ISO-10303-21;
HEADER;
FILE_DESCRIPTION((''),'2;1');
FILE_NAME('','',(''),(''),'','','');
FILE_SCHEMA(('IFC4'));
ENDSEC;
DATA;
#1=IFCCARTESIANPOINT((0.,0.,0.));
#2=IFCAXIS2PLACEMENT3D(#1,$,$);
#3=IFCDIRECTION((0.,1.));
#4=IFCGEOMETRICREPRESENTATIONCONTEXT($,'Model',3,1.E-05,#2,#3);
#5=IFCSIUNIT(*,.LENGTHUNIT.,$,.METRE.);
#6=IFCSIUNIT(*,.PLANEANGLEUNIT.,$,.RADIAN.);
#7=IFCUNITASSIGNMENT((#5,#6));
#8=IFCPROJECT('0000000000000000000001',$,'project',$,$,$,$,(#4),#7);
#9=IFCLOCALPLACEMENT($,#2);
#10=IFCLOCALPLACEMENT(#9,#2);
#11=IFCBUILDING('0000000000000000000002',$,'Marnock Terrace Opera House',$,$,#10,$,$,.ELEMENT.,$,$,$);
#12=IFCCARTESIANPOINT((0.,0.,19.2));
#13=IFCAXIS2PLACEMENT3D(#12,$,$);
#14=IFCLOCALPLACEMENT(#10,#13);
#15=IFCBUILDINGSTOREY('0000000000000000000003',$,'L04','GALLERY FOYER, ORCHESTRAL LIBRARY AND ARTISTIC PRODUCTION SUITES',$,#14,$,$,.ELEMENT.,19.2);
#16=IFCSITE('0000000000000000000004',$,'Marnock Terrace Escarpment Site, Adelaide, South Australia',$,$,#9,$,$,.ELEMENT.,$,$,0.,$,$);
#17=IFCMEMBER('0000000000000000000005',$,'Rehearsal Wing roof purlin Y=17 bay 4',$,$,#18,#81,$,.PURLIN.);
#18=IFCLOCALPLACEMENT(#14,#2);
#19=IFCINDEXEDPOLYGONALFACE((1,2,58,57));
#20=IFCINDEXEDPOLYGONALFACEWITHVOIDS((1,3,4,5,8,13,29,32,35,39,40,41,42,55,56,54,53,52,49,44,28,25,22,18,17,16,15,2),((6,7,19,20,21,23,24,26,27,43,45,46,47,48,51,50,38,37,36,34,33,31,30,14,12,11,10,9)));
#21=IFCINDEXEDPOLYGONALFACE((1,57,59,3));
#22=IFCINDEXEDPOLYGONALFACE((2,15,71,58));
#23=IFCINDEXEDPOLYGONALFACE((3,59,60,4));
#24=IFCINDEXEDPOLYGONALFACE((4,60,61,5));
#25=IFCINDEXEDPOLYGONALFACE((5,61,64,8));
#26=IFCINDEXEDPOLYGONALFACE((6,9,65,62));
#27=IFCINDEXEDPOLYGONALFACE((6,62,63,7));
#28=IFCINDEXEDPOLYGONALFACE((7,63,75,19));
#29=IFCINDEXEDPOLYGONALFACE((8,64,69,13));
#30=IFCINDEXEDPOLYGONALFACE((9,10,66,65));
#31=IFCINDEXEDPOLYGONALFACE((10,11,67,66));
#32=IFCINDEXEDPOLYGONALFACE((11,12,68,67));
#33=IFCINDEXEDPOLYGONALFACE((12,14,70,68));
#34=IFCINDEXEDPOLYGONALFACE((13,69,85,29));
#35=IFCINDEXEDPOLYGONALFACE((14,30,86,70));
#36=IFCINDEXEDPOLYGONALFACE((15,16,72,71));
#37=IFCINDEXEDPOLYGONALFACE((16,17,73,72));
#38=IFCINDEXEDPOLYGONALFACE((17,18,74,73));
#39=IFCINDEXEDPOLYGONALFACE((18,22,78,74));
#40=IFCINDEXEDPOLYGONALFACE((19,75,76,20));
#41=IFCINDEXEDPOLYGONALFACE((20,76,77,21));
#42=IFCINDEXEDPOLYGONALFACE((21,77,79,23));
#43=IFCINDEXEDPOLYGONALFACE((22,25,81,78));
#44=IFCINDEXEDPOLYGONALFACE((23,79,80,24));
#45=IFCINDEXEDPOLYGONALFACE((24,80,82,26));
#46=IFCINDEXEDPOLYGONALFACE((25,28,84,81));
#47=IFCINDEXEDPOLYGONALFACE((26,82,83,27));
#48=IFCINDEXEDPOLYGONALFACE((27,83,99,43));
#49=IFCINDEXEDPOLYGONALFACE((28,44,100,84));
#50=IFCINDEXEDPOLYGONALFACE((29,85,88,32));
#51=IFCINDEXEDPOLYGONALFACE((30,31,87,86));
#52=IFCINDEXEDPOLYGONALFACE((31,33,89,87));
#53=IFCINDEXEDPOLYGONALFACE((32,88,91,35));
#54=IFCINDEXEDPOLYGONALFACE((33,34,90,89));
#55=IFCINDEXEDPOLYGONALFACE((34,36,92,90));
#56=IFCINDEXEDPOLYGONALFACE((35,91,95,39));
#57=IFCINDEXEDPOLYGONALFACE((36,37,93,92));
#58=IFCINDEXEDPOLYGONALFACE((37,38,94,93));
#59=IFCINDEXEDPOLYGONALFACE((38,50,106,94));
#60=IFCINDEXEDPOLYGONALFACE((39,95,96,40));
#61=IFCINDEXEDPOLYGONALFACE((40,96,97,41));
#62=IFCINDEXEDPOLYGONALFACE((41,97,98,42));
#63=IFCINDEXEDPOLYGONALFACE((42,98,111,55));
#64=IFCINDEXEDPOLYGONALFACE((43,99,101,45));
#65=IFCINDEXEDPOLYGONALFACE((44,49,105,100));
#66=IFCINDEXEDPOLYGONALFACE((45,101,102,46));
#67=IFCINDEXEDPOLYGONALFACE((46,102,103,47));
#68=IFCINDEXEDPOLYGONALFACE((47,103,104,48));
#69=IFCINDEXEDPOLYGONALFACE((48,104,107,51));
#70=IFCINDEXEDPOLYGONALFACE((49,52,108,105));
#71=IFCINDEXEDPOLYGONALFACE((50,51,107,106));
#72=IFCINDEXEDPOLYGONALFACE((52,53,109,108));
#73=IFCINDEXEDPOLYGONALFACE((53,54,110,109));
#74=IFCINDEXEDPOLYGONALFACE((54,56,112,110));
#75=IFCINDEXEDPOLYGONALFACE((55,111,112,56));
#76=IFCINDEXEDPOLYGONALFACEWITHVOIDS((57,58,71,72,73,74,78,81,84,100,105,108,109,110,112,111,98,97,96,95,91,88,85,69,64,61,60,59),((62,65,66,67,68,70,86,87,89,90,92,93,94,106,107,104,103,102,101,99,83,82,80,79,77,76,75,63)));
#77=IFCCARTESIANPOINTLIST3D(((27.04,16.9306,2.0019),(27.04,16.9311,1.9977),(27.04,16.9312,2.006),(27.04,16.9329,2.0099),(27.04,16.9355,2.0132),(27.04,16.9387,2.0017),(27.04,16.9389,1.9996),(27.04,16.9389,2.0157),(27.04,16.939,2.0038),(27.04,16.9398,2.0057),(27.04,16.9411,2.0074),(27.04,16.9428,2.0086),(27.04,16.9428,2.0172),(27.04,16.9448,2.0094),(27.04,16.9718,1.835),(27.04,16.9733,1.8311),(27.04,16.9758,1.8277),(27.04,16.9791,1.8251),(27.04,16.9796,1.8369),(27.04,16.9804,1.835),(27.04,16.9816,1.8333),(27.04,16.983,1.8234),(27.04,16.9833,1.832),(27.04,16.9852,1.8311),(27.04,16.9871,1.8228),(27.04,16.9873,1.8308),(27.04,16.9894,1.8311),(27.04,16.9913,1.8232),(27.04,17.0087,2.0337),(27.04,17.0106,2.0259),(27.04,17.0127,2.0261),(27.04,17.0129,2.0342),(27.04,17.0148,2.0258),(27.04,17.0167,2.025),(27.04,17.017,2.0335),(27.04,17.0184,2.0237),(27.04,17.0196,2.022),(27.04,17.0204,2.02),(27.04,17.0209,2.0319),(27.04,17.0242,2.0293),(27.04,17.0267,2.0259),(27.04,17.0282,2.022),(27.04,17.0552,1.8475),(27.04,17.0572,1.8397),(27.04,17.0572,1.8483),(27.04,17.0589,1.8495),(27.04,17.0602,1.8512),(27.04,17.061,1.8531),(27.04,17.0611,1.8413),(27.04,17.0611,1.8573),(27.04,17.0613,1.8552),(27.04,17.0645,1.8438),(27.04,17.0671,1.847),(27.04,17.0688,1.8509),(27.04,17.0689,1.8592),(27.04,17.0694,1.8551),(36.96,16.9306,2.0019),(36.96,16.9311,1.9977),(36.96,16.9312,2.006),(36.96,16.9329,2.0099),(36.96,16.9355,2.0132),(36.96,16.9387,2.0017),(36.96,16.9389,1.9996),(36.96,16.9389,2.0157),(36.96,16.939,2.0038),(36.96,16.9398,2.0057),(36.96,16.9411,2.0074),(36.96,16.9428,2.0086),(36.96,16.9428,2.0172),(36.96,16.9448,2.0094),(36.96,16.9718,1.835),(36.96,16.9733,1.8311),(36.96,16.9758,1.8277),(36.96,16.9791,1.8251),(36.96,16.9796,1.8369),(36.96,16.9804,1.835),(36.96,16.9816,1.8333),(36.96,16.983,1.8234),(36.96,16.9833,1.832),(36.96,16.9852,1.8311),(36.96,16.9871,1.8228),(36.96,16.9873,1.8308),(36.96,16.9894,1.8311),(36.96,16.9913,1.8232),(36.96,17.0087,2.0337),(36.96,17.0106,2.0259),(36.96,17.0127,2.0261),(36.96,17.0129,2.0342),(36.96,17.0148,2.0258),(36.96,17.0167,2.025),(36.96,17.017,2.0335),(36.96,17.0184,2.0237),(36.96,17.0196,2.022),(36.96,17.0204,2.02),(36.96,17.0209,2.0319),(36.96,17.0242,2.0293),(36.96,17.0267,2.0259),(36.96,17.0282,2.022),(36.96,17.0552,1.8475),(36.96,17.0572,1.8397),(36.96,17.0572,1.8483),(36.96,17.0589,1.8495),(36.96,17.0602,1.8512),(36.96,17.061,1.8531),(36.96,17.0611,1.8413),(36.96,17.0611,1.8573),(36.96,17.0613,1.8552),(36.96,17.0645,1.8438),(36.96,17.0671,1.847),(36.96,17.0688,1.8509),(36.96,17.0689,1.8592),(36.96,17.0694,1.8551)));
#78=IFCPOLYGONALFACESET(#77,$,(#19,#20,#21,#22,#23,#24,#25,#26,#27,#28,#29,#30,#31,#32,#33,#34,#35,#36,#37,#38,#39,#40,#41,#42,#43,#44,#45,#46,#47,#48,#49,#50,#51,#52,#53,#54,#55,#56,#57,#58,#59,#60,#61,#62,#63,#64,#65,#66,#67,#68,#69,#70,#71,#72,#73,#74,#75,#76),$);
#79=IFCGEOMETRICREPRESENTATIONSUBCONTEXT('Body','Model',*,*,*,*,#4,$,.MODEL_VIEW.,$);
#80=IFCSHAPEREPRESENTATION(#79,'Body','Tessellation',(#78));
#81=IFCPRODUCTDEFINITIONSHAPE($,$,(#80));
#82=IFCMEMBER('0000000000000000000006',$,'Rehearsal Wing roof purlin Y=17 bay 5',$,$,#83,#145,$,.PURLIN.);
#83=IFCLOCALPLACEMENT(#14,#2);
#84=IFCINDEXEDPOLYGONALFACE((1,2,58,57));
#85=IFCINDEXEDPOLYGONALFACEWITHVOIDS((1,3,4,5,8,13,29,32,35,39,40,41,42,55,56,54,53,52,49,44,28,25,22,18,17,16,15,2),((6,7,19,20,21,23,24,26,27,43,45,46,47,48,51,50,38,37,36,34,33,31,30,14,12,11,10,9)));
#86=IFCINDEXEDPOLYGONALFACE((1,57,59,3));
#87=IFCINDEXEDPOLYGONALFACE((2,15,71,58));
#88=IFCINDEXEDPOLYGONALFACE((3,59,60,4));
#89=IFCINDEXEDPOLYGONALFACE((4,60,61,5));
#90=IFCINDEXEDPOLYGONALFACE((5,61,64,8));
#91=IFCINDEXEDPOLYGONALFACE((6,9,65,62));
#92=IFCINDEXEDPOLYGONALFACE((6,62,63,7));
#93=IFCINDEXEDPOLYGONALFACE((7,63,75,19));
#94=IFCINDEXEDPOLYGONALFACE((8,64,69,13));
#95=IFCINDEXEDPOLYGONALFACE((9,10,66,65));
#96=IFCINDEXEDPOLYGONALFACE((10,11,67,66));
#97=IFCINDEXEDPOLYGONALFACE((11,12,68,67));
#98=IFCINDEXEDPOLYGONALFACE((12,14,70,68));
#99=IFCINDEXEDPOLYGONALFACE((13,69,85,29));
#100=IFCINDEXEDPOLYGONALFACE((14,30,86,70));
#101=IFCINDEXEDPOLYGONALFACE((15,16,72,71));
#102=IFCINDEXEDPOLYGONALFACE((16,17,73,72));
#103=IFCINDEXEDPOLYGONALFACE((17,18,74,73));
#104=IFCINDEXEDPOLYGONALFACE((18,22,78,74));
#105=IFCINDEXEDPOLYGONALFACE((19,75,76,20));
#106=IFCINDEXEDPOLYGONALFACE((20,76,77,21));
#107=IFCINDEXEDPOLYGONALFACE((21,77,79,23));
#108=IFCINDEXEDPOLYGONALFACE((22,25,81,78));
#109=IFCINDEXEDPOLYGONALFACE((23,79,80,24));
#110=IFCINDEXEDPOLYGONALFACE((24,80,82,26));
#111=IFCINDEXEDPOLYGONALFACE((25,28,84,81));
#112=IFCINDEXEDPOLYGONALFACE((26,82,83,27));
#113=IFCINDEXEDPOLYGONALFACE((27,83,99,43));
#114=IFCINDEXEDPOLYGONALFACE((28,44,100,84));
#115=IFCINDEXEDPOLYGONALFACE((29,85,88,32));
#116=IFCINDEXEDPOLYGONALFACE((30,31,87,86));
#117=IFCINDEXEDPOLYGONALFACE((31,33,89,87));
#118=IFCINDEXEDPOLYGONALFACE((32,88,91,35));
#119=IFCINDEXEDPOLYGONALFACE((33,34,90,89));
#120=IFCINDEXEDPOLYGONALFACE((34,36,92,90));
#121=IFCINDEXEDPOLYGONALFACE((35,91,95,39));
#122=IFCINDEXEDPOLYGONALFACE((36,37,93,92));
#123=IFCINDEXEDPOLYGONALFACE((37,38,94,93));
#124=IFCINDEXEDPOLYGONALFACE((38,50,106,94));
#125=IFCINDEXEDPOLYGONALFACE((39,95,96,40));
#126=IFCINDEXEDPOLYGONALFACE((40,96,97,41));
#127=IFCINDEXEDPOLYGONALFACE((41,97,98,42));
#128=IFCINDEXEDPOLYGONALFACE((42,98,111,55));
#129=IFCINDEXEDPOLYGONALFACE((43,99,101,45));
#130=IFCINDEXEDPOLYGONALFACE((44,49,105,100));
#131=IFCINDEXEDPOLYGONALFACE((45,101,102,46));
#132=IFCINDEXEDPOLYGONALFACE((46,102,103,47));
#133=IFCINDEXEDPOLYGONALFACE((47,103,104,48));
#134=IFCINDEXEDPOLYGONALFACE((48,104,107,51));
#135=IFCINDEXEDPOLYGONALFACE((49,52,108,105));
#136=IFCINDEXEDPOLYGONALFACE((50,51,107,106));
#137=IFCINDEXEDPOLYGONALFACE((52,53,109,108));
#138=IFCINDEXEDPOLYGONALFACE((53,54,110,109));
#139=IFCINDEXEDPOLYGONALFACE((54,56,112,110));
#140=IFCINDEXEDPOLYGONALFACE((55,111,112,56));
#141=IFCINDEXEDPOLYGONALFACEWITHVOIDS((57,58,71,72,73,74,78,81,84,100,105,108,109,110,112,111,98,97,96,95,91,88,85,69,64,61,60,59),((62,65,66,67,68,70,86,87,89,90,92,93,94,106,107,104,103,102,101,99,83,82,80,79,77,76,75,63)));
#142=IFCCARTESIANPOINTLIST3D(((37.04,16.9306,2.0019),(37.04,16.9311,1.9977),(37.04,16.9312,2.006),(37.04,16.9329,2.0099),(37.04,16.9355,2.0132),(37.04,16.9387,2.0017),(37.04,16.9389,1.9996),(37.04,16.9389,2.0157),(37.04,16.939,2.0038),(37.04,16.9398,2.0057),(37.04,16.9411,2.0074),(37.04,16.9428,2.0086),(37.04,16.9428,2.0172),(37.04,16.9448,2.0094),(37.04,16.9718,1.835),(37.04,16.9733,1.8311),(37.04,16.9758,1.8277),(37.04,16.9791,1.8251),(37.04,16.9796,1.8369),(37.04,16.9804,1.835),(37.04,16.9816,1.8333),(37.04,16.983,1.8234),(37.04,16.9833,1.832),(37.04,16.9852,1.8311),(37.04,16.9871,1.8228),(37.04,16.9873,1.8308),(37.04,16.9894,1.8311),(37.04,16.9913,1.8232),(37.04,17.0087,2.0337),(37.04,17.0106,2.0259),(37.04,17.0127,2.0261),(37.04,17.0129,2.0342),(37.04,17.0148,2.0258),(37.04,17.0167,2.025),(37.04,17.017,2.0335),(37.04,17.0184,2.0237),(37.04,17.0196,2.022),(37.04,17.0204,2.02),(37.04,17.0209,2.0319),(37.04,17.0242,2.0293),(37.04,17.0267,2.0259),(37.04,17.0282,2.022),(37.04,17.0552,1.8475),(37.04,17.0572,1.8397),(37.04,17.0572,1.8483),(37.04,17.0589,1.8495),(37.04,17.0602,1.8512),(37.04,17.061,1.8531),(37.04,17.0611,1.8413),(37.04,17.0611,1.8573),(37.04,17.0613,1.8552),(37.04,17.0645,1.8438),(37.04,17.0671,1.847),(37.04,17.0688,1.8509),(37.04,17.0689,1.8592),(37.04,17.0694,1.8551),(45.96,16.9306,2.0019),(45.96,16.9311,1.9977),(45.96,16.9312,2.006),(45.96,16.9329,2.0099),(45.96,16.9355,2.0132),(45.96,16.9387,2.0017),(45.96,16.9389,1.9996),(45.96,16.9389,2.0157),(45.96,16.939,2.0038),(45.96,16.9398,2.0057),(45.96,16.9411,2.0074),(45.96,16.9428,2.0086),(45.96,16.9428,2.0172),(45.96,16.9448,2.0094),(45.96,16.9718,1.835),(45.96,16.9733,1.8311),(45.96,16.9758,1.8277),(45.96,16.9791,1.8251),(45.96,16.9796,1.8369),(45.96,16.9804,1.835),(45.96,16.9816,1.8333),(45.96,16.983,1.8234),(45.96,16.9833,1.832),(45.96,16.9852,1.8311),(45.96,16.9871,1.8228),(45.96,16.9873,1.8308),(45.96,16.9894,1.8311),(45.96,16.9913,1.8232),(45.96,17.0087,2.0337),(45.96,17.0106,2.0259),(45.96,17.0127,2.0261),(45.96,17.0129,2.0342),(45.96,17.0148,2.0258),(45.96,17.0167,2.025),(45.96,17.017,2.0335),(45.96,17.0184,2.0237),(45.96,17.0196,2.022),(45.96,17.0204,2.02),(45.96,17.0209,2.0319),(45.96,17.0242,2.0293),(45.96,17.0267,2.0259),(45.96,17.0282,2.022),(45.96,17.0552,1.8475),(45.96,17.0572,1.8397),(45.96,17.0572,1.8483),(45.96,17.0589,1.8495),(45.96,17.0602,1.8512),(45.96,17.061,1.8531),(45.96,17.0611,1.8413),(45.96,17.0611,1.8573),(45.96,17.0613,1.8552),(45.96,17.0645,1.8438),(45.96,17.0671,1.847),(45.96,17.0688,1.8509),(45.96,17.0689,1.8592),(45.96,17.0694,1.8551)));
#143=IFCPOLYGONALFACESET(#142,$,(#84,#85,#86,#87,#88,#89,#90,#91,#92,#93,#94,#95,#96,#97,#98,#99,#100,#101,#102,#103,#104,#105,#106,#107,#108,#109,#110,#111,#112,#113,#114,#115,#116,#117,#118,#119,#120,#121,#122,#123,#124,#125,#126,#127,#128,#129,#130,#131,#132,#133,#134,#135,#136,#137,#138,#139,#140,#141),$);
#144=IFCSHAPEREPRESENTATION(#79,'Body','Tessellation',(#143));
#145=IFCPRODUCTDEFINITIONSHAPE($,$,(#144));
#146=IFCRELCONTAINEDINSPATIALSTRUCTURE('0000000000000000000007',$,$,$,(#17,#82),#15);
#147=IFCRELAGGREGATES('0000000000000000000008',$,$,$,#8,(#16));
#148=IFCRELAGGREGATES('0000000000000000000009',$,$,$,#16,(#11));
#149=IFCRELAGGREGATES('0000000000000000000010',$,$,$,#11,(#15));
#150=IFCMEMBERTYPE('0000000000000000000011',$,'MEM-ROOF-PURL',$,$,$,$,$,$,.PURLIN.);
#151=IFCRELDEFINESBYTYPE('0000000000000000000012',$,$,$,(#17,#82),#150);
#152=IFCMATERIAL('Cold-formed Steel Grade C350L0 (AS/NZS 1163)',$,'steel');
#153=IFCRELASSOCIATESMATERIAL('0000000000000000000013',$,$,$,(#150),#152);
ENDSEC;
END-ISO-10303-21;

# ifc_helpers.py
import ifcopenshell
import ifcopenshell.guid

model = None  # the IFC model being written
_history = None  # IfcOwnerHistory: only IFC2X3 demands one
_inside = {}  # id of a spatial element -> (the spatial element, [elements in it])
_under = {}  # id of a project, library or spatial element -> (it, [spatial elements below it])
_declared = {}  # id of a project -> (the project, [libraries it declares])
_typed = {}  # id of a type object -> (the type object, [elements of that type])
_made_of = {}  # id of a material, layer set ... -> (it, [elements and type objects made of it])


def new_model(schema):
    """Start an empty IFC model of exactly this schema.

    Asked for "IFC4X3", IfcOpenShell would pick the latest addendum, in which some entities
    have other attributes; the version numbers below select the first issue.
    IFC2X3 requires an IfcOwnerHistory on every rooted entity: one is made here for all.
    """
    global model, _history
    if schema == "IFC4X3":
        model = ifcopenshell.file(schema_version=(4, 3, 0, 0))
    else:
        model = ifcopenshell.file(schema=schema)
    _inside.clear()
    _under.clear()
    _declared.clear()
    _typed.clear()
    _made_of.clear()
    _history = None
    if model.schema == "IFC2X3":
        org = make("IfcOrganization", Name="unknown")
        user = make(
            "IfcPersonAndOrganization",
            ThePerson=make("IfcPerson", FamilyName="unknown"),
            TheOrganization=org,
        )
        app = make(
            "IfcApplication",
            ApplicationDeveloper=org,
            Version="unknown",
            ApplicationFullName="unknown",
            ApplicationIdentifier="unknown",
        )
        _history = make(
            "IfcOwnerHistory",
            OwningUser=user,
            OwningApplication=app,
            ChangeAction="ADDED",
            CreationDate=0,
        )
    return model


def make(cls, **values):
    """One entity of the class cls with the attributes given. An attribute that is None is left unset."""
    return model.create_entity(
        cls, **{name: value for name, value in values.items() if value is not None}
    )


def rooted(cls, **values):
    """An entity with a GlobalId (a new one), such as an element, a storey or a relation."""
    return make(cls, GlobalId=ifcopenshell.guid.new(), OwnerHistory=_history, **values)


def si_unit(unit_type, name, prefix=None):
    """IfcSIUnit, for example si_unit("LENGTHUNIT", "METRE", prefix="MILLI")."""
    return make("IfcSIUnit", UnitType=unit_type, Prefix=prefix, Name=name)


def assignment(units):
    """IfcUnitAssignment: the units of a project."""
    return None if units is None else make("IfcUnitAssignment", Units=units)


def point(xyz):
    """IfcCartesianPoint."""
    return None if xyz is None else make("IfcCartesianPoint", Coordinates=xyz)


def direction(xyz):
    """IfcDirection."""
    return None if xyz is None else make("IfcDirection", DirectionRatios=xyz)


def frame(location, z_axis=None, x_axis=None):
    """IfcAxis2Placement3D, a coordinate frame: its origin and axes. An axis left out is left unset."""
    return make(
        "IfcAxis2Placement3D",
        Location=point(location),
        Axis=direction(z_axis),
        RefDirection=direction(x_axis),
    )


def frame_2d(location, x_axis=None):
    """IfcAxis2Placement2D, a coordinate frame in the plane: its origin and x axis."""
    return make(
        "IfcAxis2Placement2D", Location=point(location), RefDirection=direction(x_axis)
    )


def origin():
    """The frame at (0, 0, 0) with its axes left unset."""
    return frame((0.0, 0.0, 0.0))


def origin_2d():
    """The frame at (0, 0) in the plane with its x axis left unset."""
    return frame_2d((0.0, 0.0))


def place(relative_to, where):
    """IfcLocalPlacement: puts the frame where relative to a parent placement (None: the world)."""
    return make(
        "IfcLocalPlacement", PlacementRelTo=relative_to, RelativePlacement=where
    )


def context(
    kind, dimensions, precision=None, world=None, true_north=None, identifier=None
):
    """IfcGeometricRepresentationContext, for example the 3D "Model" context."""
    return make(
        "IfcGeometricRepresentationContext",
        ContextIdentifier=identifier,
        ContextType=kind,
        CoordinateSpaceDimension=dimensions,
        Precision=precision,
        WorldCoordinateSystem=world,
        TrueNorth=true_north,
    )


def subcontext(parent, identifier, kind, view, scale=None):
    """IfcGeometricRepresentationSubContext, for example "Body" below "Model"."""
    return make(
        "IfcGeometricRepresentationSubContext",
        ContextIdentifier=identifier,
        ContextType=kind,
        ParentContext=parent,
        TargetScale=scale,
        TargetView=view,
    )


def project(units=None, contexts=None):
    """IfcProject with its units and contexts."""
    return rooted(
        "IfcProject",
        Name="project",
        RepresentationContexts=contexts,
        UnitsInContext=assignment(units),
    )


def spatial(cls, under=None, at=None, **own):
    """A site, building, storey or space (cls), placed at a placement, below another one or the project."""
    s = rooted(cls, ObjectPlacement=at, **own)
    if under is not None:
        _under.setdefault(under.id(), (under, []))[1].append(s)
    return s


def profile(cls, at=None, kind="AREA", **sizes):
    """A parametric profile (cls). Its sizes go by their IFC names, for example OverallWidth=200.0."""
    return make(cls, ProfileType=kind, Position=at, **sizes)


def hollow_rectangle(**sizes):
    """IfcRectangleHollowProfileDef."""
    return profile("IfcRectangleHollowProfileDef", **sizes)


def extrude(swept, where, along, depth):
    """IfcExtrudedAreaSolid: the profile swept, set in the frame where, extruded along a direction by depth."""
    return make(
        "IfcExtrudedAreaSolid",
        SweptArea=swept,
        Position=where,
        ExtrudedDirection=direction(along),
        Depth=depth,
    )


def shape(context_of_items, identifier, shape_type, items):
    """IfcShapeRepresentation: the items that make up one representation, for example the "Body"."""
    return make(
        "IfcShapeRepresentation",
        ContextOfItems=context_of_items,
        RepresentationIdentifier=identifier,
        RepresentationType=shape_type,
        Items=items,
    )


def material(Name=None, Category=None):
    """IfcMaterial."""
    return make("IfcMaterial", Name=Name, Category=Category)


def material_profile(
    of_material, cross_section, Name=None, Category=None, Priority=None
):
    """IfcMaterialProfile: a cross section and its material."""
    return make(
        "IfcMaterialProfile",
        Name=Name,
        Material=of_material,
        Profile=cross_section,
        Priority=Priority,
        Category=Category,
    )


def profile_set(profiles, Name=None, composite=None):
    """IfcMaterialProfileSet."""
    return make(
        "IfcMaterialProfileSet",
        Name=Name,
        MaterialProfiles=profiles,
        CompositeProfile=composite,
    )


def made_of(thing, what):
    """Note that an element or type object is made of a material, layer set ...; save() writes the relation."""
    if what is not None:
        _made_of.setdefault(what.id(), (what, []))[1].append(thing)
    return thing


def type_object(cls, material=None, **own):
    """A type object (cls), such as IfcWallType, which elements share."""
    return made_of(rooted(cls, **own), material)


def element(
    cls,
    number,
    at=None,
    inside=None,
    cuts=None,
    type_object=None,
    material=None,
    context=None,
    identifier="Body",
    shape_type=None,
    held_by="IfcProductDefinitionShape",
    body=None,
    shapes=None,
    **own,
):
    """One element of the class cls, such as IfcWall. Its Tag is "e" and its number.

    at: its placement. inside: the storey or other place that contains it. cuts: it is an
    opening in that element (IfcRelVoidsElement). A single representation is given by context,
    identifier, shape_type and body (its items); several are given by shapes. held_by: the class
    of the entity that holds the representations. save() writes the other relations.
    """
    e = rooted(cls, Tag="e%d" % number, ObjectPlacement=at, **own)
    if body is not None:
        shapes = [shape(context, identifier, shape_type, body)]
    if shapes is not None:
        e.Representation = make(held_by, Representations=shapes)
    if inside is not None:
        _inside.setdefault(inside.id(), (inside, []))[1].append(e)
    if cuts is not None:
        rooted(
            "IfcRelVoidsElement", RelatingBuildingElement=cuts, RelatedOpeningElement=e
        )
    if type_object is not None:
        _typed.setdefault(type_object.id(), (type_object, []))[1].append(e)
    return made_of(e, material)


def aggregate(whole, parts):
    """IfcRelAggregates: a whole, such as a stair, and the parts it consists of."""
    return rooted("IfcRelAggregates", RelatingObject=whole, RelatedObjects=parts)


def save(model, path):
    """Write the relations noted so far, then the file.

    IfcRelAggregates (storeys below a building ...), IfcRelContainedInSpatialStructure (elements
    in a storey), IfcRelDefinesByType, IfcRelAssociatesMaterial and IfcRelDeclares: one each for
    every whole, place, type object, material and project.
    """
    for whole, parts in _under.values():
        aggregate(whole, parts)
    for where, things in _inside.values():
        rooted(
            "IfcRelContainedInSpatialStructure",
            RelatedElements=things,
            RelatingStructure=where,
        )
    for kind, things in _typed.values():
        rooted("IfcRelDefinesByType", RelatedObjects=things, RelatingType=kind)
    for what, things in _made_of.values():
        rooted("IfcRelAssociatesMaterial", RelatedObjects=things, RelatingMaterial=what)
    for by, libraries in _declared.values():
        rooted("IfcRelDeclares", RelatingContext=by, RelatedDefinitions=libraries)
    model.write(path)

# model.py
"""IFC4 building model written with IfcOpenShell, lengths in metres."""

from ifc_helpers import new_model, si_unit, direction, frame, origin, origin_2d, place, context, subcontext, project, spatial, hollow_rectangle, extrude, material, material_profile, profile_set, type_object, element, save


model = new_model("IFC4")

# Units and contexts
model_context = context("Model", 3, precision=1e-05, world=origin(), true_north=direction((0.0, 1.0)))
body_context = subcontext(model_context, "Body", "Model", "MODEL_VIEW")
ifc_project = project(units=[si_unit("LENGTHUNIT", "METRE"), si_unit("PLANEANGLEUNIT", "RADIAN")], contexts=[model_context])

# Site, building, storey
site_placement = place(None, origin())
site = spatial("IfcSite", under=ifc_project, at=site_placement, Name="Marnock Terrace Escarpment Site, Adelaide, South Australia", CompositionType="ELEMENT", RefElevation=0.0)
building_placement = place(site_placement, origin())
building = spatial("IfcBuilding", under=site, at=building_placement, Name="Marnock Terrace Opera House", CompositionType="ELEMENT")
storey_placement = place(building_placement, frame((0.0, 0.0, 19.2)))
storey = spatial("IfcBuildingStorey", under=building, at=storey_placement, Name="L04", Description="GALLERY FOYER, ORCHESTRAL LIBRARY AND ARTISTIC PRODUCTION SUITES", CompositionType="ELEMENT", Elevation=19.2)

# Members
ifc_material_1 = material(Name="Cold-formed Steel Grade C350L0 (AS/NZS 1163)", Category="steel")
ifc_material_profile_1 = material_profile(ifc_material_1, hollow_rectangle(XDim=0.1001, YDim=0.2, WallThickness=0.0081, InnerFilletRadius=0.0081, OuterFilletRadius=0.0161, at=origin_2d()))
ifc_profile_set_1 = profile_set([ifc_material_profile_1], Name="Cold-formed Steel Grade C350L0 (AS/NZS 1163)")
member_type_1 = type_object("IfcMemberType", Name="MEM-ROOF-PURL", PredefinedType="PURLIN", material=ifc_profile_set_1)
member_1_placement = place(storey_placement, frame((27.04, 17.0, 1.9285), z_axis=(1.0, 0.0, 0.0), x_axis=(0.0, 0.970143, 0.242535)))
element("IfcMember", 1, at=member_1_placement, inside=storey, type_object=member_type_1, Name="Rehearsal Wing roof purlin Y=17 bay 4", PredefinedType="PURLIN", context=body_context, shape_type="SweptSolid", body=[
    extrude(hollow_rectangle(XDim=0.1001, YDim=0.2, WallThickness=0.0081, InnerFilletRadius=0.0081, OuterFilletRadius=0.0161, at=origin_2d()), origin(), (0.0, 0.0, 1.0), 9.9199),
])
member_2_placement = place(storey_placement, frame((37.04, 17.0, 1.9285), z_axis=(1.0, 0.0, 0.0), x_axis=(0.0, 0.970143, 0.242535)))
element("IfcMember", 2, at=member_2_placement, inside=storey, type_object=member_type_1, Name="Rehearsal Wing roof purlin Y=17 bay 5", PredefinedType="PURLIN", context=body_context, shape_type="SweptSolid", body=[
    extrude(hollow_rectangle(XDim=0.1001, YDim=0.2, WallThickness=0.0081, InnerFilletRadius=0.0081, OuterFilletRadius=0.0161, at=origin_2d()), origin(), (0.0, 0.0, 1.0), 8.9199),
])

save(model, "model.ifc")
